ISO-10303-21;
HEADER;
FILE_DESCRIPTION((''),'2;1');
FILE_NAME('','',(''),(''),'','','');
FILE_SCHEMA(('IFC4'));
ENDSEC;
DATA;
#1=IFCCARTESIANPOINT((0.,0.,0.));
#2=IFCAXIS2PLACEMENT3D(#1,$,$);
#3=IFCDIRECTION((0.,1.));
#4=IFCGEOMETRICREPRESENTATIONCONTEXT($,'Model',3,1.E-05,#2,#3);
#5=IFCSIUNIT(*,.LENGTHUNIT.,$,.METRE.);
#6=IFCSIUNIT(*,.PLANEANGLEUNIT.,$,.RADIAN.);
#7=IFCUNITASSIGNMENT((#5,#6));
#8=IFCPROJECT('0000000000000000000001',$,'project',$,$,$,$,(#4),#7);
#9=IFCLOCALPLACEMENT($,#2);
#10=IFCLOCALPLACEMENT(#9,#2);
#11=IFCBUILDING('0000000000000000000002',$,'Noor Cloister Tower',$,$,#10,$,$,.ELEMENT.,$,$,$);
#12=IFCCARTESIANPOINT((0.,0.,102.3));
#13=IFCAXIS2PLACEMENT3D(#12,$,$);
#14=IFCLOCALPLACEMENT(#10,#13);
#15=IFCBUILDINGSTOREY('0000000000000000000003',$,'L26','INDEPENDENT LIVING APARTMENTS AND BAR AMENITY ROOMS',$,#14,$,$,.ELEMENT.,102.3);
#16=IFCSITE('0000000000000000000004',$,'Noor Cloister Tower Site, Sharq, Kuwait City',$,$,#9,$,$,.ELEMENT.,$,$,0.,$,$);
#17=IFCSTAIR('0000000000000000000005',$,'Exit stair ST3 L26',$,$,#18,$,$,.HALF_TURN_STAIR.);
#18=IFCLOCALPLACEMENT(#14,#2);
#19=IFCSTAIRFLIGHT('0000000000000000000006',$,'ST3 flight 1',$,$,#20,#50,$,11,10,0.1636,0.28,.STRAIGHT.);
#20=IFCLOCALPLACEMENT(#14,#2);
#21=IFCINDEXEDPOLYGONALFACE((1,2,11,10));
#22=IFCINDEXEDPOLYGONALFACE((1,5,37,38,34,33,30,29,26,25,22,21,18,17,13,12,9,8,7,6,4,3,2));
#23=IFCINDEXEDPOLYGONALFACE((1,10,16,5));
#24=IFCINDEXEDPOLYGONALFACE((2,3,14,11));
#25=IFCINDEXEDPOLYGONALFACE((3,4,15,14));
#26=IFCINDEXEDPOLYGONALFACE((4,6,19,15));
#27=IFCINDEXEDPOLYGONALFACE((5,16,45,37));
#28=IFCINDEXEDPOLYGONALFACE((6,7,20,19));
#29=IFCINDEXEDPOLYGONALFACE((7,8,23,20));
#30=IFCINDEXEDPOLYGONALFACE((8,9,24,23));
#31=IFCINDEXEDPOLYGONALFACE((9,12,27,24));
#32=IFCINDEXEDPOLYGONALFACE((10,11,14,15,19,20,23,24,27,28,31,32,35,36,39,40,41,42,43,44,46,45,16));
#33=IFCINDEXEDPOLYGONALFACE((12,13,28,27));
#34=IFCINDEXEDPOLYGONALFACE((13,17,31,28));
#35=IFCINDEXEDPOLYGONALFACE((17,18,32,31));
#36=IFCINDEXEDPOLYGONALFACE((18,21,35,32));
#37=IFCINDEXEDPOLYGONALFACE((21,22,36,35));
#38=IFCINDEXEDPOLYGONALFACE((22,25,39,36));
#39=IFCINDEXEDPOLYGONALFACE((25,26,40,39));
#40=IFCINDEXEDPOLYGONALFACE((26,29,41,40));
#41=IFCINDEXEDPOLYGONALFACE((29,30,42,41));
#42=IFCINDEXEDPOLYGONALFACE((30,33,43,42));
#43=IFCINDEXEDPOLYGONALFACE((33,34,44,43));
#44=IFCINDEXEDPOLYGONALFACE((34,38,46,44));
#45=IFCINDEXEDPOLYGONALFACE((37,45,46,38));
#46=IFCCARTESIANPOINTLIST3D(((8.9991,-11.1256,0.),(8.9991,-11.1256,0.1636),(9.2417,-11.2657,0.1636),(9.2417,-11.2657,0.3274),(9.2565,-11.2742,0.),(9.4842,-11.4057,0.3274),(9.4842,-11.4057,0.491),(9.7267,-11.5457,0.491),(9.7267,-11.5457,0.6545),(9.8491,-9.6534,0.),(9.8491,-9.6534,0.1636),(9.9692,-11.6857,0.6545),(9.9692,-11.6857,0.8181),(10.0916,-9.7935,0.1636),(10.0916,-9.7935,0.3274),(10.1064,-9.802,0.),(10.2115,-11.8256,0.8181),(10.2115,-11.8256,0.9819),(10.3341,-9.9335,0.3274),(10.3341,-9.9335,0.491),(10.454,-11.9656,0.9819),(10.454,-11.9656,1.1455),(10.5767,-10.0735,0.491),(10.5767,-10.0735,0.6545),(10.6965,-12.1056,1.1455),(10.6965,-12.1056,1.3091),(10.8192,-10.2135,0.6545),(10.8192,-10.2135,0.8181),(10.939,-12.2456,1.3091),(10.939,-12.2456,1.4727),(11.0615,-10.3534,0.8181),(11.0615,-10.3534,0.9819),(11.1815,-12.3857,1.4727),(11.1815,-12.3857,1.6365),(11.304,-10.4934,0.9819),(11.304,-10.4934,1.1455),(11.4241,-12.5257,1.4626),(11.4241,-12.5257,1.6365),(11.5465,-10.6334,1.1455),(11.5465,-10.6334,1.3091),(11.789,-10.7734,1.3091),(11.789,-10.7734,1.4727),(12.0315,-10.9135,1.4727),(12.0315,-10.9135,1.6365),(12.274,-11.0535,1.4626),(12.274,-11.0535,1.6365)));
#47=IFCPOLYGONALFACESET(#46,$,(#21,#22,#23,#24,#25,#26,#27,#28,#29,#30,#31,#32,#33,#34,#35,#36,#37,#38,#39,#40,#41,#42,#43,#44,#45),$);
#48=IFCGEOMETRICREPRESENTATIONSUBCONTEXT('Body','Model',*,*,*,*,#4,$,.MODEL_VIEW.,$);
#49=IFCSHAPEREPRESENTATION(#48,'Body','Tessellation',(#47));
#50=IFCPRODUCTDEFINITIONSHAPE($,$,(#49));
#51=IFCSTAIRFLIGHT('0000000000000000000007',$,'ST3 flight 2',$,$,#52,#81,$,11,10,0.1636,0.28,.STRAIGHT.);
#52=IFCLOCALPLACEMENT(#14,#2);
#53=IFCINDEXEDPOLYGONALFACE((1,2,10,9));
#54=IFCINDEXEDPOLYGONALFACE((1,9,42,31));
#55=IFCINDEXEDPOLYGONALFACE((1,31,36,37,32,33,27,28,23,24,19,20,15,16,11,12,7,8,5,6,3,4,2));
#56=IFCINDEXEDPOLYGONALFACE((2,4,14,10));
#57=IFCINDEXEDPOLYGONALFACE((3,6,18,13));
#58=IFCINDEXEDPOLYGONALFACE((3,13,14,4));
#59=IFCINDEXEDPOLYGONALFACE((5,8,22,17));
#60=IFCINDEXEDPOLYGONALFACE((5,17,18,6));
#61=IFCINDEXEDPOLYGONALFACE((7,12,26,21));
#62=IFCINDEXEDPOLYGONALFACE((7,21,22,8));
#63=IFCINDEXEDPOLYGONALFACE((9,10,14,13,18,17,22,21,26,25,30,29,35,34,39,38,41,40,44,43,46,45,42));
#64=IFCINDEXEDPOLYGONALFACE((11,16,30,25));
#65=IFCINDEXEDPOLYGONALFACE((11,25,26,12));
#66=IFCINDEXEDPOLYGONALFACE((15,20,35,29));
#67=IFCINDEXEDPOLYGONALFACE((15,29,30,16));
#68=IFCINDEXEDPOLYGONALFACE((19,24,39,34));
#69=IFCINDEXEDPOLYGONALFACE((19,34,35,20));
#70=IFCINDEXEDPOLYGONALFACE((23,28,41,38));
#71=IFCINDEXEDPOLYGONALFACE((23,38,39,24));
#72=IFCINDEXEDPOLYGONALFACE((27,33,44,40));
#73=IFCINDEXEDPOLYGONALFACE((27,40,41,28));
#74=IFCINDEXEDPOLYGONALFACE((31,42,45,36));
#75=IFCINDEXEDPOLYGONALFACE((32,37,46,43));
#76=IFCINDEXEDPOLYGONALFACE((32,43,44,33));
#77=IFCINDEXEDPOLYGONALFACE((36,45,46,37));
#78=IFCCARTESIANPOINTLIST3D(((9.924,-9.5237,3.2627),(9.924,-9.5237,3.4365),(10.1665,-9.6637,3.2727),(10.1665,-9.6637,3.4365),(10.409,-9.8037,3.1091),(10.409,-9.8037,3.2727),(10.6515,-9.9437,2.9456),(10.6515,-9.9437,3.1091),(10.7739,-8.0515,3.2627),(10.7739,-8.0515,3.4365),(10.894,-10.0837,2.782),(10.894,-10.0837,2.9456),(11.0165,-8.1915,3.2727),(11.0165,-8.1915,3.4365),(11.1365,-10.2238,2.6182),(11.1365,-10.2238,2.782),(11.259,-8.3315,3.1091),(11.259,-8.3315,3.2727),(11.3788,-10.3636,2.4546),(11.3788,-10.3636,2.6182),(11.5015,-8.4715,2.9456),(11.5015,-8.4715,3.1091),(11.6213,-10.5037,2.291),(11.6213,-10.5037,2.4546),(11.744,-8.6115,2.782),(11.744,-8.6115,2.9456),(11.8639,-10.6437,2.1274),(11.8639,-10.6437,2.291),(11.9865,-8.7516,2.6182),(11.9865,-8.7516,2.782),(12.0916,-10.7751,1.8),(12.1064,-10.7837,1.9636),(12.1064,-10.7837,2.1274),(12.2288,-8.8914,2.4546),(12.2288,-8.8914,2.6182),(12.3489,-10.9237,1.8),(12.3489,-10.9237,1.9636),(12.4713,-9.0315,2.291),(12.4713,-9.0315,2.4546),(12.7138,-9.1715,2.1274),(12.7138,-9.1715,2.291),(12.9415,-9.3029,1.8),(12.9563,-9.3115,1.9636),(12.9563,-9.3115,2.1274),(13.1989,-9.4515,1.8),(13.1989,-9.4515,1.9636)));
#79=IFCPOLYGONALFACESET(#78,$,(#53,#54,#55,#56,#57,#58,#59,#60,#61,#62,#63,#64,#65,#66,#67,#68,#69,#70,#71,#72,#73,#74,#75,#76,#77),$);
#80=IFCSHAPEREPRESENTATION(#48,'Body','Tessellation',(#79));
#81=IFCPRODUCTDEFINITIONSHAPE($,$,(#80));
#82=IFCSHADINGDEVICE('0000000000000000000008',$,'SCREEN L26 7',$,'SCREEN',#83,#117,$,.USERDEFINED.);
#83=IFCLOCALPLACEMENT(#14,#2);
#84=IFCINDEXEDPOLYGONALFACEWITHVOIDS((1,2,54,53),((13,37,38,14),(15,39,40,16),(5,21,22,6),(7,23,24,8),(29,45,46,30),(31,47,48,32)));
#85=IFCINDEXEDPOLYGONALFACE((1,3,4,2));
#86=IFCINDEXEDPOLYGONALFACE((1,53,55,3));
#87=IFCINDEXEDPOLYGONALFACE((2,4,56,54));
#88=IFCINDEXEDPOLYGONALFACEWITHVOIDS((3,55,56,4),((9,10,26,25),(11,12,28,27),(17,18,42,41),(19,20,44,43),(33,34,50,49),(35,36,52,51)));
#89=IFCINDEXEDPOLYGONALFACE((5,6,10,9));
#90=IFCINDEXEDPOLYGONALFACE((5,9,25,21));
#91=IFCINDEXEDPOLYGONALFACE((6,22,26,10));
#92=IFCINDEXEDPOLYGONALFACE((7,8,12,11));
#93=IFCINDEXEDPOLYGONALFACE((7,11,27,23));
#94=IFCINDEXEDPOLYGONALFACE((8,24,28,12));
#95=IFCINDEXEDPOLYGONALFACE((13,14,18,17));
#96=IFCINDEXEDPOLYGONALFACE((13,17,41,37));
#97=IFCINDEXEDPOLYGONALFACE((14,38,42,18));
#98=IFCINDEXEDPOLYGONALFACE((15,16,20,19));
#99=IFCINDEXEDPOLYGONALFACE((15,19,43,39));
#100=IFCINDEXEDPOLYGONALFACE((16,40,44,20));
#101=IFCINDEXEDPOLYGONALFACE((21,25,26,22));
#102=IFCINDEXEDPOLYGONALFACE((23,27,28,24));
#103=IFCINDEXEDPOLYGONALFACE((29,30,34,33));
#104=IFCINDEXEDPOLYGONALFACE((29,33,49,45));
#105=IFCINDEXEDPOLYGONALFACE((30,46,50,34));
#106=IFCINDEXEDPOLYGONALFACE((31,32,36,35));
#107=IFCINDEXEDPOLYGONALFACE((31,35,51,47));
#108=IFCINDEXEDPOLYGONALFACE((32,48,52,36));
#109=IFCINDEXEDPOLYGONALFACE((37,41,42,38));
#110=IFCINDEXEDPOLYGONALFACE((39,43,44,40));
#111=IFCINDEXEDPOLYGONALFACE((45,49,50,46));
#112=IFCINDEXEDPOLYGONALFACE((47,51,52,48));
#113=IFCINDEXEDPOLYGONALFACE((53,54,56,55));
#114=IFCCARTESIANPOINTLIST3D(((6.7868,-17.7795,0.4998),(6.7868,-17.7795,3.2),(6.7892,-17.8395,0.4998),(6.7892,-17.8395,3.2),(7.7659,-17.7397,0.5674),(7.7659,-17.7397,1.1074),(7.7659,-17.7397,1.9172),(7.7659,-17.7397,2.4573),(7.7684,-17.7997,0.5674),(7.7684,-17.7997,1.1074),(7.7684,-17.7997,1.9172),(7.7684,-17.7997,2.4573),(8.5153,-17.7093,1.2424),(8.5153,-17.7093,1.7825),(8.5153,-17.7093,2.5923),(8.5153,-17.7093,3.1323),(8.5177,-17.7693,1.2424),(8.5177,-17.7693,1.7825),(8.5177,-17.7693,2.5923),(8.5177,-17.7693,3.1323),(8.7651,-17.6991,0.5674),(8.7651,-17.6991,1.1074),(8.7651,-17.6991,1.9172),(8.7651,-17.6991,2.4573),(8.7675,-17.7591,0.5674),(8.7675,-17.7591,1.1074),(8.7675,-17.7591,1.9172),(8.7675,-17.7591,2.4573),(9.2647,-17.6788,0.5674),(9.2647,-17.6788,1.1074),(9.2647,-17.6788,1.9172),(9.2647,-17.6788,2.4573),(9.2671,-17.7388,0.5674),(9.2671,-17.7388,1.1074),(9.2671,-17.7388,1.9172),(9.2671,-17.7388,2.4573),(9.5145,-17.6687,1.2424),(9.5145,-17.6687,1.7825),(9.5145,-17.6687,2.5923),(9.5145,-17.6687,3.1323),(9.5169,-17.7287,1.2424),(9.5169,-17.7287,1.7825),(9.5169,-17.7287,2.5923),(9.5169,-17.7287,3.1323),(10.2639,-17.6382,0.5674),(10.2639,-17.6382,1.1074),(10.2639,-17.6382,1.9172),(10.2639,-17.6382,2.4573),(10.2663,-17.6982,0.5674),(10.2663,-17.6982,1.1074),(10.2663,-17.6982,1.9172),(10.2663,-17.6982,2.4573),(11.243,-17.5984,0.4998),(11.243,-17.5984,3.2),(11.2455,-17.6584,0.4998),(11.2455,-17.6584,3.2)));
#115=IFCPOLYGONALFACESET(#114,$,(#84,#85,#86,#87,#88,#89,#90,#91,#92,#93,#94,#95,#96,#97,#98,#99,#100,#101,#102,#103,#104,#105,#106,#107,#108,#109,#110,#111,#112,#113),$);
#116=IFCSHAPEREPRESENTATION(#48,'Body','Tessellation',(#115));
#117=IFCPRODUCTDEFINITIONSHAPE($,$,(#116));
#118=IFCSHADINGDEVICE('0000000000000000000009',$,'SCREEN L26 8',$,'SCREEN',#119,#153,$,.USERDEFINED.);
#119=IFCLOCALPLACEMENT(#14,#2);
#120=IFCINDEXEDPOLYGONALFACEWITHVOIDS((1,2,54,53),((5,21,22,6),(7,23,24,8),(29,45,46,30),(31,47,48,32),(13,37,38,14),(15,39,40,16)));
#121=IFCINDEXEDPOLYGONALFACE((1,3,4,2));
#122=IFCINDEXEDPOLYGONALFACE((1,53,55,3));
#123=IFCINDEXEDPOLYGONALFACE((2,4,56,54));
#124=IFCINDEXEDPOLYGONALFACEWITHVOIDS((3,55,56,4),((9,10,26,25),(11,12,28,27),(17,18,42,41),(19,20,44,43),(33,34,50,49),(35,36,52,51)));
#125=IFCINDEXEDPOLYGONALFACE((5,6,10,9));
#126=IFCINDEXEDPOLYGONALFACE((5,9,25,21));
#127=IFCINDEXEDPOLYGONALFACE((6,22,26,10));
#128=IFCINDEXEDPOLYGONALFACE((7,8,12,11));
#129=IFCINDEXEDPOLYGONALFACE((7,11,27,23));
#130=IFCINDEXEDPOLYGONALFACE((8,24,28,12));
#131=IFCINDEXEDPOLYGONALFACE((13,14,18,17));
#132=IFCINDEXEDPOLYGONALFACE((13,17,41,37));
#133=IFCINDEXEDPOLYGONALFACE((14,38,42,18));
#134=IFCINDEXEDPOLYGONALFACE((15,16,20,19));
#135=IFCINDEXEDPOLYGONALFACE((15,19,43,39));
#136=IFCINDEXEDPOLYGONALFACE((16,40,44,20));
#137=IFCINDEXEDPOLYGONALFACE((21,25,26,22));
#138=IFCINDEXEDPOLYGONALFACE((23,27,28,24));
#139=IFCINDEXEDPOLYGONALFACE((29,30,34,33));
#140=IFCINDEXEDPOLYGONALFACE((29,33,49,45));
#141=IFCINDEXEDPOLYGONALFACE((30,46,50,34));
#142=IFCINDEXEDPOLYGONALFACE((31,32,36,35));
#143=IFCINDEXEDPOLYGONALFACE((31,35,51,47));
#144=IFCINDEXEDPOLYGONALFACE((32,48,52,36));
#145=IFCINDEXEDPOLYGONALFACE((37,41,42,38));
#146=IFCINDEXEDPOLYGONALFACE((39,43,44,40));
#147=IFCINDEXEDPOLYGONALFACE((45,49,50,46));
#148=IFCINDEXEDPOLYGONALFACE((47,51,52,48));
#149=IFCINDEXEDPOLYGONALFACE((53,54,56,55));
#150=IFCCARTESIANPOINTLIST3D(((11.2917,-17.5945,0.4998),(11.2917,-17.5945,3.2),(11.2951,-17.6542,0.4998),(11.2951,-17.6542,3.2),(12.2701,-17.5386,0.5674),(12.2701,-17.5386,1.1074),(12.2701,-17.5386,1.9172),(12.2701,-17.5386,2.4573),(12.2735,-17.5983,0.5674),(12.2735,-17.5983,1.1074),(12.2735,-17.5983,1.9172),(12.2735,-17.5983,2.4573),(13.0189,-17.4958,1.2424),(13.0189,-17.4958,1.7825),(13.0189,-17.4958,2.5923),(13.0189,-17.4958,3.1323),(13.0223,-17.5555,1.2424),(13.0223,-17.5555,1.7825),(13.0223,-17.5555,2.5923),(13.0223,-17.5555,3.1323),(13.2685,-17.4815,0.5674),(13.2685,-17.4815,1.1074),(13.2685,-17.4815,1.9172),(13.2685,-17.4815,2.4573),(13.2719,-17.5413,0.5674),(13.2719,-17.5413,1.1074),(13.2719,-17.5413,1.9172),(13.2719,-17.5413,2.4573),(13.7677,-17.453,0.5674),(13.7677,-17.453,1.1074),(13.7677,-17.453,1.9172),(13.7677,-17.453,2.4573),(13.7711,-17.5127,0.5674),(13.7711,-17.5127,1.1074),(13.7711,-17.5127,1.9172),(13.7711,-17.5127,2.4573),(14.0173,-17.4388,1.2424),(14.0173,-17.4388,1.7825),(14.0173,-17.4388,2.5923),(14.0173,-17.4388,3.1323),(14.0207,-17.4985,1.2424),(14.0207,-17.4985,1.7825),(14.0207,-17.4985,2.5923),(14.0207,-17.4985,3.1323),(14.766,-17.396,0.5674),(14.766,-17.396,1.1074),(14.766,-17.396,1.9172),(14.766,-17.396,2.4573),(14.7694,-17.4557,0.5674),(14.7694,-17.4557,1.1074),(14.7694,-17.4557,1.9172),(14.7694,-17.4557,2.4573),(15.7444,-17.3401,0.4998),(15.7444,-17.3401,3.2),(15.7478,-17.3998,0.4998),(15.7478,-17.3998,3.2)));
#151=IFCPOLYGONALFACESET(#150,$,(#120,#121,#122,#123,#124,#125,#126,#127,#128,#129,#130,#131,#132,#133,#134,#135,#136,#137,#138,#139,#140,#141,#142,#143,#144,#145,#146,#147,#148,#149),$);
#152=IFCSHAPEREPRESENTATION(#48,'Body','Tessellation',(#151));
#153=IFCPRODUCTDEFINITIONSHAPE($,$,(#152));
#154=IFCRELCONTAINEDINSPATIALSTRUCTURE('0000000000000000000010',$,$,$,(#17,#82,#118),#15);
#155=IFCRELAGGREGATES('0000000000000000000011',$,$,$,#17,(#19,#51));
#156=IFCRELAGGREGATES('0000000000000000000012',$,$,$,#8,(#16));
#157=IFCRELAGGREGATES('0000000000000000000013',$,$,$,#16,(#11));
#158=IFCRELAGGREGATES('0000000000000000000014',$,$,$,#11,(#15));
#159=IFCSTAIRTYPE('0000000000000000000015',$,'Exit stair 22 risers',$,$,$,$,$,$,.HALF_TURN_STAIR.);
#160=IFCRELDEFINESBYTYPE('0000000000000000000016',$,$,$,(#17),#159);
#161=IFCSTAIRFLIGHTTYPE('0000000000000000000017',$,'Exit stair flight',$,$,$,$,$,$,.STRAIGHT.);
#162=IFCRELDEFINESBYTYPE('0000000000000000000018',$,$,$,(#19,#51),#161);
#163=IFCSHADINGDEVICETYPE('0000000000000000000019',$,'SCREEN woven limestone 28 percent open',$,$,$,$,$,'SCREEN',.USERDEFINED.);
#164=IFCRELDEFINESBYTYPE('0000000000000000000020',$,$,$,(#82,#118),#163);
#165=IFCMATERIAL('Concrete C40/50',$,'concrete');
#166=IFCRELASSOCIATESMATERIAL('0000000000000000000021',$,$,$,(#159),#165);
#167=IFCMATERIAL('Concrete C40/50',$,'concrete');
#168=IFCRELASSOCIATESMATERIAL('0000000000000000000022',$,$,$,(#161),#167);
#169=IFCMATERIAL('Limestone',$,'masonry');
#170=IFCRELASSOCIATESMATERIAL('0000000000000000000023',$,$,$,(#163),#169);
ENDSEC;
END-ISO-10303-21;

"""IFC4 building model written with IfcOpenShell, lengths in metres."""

from ifc_helpers import new_model, si_unit, direction, frame, origin, place, context, subcontext, project, spatial, polyline, outline, extrude, material, material_profile, profile_set, type_object, element, aggregate, save


model = new_model("IFC4")

# Units and contexts
model_context = context("Model", 3, precision=1e-05, world=origin(), true_north=direction((0.0, 1.0)))
body_context = subcontext(model_context, "Body", "Model", "MODEL_VIEW")
ifc_project = project(units=[si_unit("LENGTHUNIT", "METRE"), si_unit("PLANEANGLEUNIT", "RADIAN")], contexts=[model_context])

# Site, building, storey
site_placement = place(None, origin())
site = spatial("IfcSite", under=ifc_project, at=site_placement, Name="Noor Cloister Tower Site, Sharq, Kuwait City", CompositionType="ELEMENT", RefElevation=0.0)
building_placement = place(site_placement, origin())
building = spatial("IfcBuilding", under=site, at=building_placement, Name="Noor Cloister Tower", CompositionType="ELEMENT")
storey_placement = place(building_placement, frame((0.0, 0.0, 102.3)))
storey = spatial("IfcBuildingStorey", under=building, at=storey_placement, Name="L26", Description="INDEPENDENT LIVING APARTMENTS AND BAR AMENITY ROOMS", CompositionType="ELEMENT", Elevation=102.3)

# Stair, stair flights
ifc_material_1 = material(Name="Concrete C40/50", Category="concrete")
stair_type = type_object("IfcStairType", Name="Exit stair 22 risers", PredefinedType="HALF_TURN_STAIR", material=ifc_material_1)
stair_placement = place(storey_placement, origin())
stair = element("IfcStair", 1, at=stair_placement, inside=storey, type_object=stair_type, Name="Exit stair ST3 L26", PredefinedType="HALF_TURN_STAIR")
ifc_material_2 = material(Name="Concrete C40/50", Category="concrete")
stair_flight_type = type_object("IfcStairFlightType", Name="Exit stair flight", PredefinedType="STRAIGHT", material=ifc_material_2)
stair_flight_1_placement = place(storey_placement, frame((9.4241, -10.3896, 0.0), z_axis=(0.0, 0.0, 1.0), x_axis=(0.866025, -0.5, 0.0)))
stair_flight_1 = element("IfcStairFlight", 2, at=stair_flight_1_placement, type_object=stair_flight_type, Name="ST3 flight 1", NumberOfRisers=11, NumberOfTreads=10, PredefinedType="STRAIGHT", RiserHeight=0.1636, TreadLength=0.28, context=body_context, shape_type="SweptSolid", body=[
    extrude(outline(polyline([(0.0, 0.0), (0.0, 0.1636), (0.28, 0.1636), (0.28, 0.3274), (0.5601, 0.3274), (0.5601, 0.491), (0.8401, 0.491), (0.8401, 0.6545), (1.1201, 0.6545), (1.1201, 0.8181), (1.3999, 0.8181), (1.3999, 0.9819), (1.6799, 0.9819), (1.6799, 1.1455), (1.96, 1.1455), (1.96, 1.3091), (2.24, 1.3091), (2.24, 1.4727), (2.52, 1.4727), (2.52, 1.6365), (2.8, 1.6365), (2.8, 1.8), (2.8, 1.4626), (0.2971, 0.0), (0.0, 0.0)])), frame((0.0, 0.8501, 0.0), z_axis=(0.0, -1.0, 0.0), x_axis=(1.0, 0.0, 0.0)), (0.0, 0.0, 1.0), 1.7),
])
stair_flight_2_placement = place(storey_placement, frame((12.7739, -10.1875, 1.8), z_axis=(0.0, 0.0, 1.0), x_axis=(-0.866025, 0.5, 0.0)))
stair_flight_2 = element("IfcStairFlight", 3, at=stair_flight_2_placement, type_object=stair_flight_type, Name="ST3 flight 2", NumberOfRisers=11, NumberOfTreads=10, PredefinedType="STRAIGHT", RiserHeight=0.1636, TreadLength=0.28, context=body_context, shape_type="SweptSolid", body=[
    extrude(outline(polyline([(0.0, 0.0), (0.0, 0.1636), (0.28, 0.1636), (0.28, 0.3274), (0.5601, 0.3274), (0.5601, 0.491), (0.8401, 0.491), (0.8401, 0.6545), (1.1201, 0.6545), (1.1201, 0.8181), (1.3999, 0.8181), (1.3999, 0.9819), (1.6799, 0.9819), (1.6799, 1.1455), (1.96, 1.1455), (1.96, 1.3091), (2.24, 1.3091), (2.24, 1.4727), (2.52, 1.4727), (2.52, 1.6365), (2.8, 1.6365), (2.8, 1.8), (2.8, 1.4626), (0.2971, 0.0), (0.0, 0.0)])), frame((0.0, 0.8501, 0.0), z_axis=(0.0, -1.0, 0.0), x_axis=(1.0, 0.0, 0.0)), (0.0, 0.0, 1.0), 1.7),
])
aggregate(stair, [stair_flight_1, stair_flight_2])

# Shading devices
ifc_material_3 = material(Name="Limestone", Category="masonry")
ifc_material_profile_1 = material_profile(ifc_material_3, outline(polyline([(-2.23, -1.3501), (2.23, -1.3501), (2.23, 1.3501), (-2.23, 1.3501), (-2.23, -1.3501)]), holes=[polyline([(-1.25, -1.2825), (-0.25, -1.2825), (-0.25, -0.7424), (-1.25, -0.7424), (-1.25, -1.2825)]), polyline([(0.25, -1.2825), (1.25, -1.2825), (1.25, -0.7424), (0.25, -0.7424), (0.25, -1.2825)]), polyline([(-0.5, -0.6074), (0.5, -0.6074), (0.5, -0.0674), (-0.5, -0.0674), (-0.5, -0.6074)]), polyline([(-1.25, 0.0674), (-0.25, 0.0674), (-0.25, 0.6074), (-1.25, 0.6074), (-1.25, 0.0674)]), polyline([(0.25, 0.0674), (1.25, 0.0674), (1.25, 0.6074), (0.25, 0.6074), (0.25, 0.0674)]), polyline([(-0.5, 0.7424), (0.5, 0.7424), (0.5, 1.2825), (-0.5, 1.2825), (-0.5, 0.7424)])]), Name="Woven screen 28 percent open")
ifc_profile_set_1 = profile_set([ifc_material_profile_1], Name="Limestone")
shading_device_type = type_object("IfcShadingDeviceType", Name="SCREEN woven limestone 28 percent open", ElementType="SCREEN", PredefinedType="USERDEFINED", material=ifc_profile_set_1)
shading_device_1_placement = place(storey_placement, frame((9.0149, -17.689, 1.8499), z_axis=(0.040617, -0.999175, 0.0), x_axis=(0.999175, 0.040617, 0.0)))
element("IfcShadingDevice", 4, at=shading_device_1_placement, inside=storey, type_object=shading_device_type, Name="SCREEN L26 7", ObjectType="SCREEN", PredefinedType="USERDEFINED", context=body_context, shape_type="SweptSolid", body=[
    extrude(outline(polyline([(-2.23, -1.3501), (2.23, -1.3501), (2.23, 1.3501), (-2.23, 1.3501), (-2.23, -1.3501)]), holes=[polyline([(-1.25, -1.2825), (-0.25, -1.2825), (-0.25, -0.7424), (-1.25, -0.7424), (-1.25, -1.2825)]), polyline([(0.25, -1.2825), (1.25, -1.2825), (1.25, -0.7424), (0.25, -0.7424), (0.25, -1.2825)]), polyline([(-0.5, -0.6074), (0.5, -0.6074), (0.5, -0.0674), (-0.5, -0.0674), (-0.5, -0.6074)]), polyline([(-1.25, 0.0674), (-0.25, 0.0674), (-0.25, 0.6074), (-1.25, 0.6074), (-1.25, 0.0674)]), polyline([(0.25, 0.0674), (1.25, 0.0674), (1.25, 0.6074), (0.25, 0.6074), (0.25, 0.0674)]), polyline([(-0.5, 0.7424), (0.5, 0.7424), (0.5, 1.2825), (-0.5, 1.2825), (-0.5, 0.7424)])]), origin(), (0.0, 0.0, 1.0), 0.0601),
])
shading_device_2_placement = place(storey_placement, frame((13.5181, -17.4673, 1.8499), z_axis=(0.05705, -0.998371, 0.0), x_axis=(0.998371, 0.05705, 0.0)))
element("IfcShadingDevice", 5, at=shading_device_2_placement, inside=storey, type_object=shading_device_type, Name="SCREEN L26 8", ObjectType="SCREEN", PredefinedType="USERDEFINED", context=body_context, shape_type="SweptSolid", body=[
    extrude(outline(polyline([(-2.23, -1.3501), (2.23, -1.3501), (2.23, 1.3501), (-2.23, 1.3501), (-2.23, -1.3501)]), holes=[polyline([(-1.25, -1.2825), (-0.25, -1.2825), (-0.25, -0.7424), (-1.25, -0.7424), (-1.25, -1.2825)]), polyline([(0.25, -1.2825), (1.25, -1.2825), (1.25, -0.7424), (0.25, -0.7424), (0.25, -1.2825)]), polyline([(-0.5, -0.6074), (0.5, -0.6074), (0.5, -0.0674), (-0.5, -0.0674), (-0.5, -0.6074)]), polyline([(-1.25, 0.0674), (-0.25, 0.0674), (-0.25, 0.6074), (-1.25, 0.6074), (-1.25, 0.0674)]), polyline([(0.25, 0.0674), (1.25, 0.0674), (1.25, 0.6074), (0.25, 0.6074), (0.25, 0.0674)]), polyline([(-0.5, 0.7424), (0.5, 0.7424), (0.5, 1.2825), (-0.5, 1.2825), (-0.5, 0.7424)])]), origin(), (0.0, 0.0, 1.0), 0.0598),
])

save(model, "model.ifc")
